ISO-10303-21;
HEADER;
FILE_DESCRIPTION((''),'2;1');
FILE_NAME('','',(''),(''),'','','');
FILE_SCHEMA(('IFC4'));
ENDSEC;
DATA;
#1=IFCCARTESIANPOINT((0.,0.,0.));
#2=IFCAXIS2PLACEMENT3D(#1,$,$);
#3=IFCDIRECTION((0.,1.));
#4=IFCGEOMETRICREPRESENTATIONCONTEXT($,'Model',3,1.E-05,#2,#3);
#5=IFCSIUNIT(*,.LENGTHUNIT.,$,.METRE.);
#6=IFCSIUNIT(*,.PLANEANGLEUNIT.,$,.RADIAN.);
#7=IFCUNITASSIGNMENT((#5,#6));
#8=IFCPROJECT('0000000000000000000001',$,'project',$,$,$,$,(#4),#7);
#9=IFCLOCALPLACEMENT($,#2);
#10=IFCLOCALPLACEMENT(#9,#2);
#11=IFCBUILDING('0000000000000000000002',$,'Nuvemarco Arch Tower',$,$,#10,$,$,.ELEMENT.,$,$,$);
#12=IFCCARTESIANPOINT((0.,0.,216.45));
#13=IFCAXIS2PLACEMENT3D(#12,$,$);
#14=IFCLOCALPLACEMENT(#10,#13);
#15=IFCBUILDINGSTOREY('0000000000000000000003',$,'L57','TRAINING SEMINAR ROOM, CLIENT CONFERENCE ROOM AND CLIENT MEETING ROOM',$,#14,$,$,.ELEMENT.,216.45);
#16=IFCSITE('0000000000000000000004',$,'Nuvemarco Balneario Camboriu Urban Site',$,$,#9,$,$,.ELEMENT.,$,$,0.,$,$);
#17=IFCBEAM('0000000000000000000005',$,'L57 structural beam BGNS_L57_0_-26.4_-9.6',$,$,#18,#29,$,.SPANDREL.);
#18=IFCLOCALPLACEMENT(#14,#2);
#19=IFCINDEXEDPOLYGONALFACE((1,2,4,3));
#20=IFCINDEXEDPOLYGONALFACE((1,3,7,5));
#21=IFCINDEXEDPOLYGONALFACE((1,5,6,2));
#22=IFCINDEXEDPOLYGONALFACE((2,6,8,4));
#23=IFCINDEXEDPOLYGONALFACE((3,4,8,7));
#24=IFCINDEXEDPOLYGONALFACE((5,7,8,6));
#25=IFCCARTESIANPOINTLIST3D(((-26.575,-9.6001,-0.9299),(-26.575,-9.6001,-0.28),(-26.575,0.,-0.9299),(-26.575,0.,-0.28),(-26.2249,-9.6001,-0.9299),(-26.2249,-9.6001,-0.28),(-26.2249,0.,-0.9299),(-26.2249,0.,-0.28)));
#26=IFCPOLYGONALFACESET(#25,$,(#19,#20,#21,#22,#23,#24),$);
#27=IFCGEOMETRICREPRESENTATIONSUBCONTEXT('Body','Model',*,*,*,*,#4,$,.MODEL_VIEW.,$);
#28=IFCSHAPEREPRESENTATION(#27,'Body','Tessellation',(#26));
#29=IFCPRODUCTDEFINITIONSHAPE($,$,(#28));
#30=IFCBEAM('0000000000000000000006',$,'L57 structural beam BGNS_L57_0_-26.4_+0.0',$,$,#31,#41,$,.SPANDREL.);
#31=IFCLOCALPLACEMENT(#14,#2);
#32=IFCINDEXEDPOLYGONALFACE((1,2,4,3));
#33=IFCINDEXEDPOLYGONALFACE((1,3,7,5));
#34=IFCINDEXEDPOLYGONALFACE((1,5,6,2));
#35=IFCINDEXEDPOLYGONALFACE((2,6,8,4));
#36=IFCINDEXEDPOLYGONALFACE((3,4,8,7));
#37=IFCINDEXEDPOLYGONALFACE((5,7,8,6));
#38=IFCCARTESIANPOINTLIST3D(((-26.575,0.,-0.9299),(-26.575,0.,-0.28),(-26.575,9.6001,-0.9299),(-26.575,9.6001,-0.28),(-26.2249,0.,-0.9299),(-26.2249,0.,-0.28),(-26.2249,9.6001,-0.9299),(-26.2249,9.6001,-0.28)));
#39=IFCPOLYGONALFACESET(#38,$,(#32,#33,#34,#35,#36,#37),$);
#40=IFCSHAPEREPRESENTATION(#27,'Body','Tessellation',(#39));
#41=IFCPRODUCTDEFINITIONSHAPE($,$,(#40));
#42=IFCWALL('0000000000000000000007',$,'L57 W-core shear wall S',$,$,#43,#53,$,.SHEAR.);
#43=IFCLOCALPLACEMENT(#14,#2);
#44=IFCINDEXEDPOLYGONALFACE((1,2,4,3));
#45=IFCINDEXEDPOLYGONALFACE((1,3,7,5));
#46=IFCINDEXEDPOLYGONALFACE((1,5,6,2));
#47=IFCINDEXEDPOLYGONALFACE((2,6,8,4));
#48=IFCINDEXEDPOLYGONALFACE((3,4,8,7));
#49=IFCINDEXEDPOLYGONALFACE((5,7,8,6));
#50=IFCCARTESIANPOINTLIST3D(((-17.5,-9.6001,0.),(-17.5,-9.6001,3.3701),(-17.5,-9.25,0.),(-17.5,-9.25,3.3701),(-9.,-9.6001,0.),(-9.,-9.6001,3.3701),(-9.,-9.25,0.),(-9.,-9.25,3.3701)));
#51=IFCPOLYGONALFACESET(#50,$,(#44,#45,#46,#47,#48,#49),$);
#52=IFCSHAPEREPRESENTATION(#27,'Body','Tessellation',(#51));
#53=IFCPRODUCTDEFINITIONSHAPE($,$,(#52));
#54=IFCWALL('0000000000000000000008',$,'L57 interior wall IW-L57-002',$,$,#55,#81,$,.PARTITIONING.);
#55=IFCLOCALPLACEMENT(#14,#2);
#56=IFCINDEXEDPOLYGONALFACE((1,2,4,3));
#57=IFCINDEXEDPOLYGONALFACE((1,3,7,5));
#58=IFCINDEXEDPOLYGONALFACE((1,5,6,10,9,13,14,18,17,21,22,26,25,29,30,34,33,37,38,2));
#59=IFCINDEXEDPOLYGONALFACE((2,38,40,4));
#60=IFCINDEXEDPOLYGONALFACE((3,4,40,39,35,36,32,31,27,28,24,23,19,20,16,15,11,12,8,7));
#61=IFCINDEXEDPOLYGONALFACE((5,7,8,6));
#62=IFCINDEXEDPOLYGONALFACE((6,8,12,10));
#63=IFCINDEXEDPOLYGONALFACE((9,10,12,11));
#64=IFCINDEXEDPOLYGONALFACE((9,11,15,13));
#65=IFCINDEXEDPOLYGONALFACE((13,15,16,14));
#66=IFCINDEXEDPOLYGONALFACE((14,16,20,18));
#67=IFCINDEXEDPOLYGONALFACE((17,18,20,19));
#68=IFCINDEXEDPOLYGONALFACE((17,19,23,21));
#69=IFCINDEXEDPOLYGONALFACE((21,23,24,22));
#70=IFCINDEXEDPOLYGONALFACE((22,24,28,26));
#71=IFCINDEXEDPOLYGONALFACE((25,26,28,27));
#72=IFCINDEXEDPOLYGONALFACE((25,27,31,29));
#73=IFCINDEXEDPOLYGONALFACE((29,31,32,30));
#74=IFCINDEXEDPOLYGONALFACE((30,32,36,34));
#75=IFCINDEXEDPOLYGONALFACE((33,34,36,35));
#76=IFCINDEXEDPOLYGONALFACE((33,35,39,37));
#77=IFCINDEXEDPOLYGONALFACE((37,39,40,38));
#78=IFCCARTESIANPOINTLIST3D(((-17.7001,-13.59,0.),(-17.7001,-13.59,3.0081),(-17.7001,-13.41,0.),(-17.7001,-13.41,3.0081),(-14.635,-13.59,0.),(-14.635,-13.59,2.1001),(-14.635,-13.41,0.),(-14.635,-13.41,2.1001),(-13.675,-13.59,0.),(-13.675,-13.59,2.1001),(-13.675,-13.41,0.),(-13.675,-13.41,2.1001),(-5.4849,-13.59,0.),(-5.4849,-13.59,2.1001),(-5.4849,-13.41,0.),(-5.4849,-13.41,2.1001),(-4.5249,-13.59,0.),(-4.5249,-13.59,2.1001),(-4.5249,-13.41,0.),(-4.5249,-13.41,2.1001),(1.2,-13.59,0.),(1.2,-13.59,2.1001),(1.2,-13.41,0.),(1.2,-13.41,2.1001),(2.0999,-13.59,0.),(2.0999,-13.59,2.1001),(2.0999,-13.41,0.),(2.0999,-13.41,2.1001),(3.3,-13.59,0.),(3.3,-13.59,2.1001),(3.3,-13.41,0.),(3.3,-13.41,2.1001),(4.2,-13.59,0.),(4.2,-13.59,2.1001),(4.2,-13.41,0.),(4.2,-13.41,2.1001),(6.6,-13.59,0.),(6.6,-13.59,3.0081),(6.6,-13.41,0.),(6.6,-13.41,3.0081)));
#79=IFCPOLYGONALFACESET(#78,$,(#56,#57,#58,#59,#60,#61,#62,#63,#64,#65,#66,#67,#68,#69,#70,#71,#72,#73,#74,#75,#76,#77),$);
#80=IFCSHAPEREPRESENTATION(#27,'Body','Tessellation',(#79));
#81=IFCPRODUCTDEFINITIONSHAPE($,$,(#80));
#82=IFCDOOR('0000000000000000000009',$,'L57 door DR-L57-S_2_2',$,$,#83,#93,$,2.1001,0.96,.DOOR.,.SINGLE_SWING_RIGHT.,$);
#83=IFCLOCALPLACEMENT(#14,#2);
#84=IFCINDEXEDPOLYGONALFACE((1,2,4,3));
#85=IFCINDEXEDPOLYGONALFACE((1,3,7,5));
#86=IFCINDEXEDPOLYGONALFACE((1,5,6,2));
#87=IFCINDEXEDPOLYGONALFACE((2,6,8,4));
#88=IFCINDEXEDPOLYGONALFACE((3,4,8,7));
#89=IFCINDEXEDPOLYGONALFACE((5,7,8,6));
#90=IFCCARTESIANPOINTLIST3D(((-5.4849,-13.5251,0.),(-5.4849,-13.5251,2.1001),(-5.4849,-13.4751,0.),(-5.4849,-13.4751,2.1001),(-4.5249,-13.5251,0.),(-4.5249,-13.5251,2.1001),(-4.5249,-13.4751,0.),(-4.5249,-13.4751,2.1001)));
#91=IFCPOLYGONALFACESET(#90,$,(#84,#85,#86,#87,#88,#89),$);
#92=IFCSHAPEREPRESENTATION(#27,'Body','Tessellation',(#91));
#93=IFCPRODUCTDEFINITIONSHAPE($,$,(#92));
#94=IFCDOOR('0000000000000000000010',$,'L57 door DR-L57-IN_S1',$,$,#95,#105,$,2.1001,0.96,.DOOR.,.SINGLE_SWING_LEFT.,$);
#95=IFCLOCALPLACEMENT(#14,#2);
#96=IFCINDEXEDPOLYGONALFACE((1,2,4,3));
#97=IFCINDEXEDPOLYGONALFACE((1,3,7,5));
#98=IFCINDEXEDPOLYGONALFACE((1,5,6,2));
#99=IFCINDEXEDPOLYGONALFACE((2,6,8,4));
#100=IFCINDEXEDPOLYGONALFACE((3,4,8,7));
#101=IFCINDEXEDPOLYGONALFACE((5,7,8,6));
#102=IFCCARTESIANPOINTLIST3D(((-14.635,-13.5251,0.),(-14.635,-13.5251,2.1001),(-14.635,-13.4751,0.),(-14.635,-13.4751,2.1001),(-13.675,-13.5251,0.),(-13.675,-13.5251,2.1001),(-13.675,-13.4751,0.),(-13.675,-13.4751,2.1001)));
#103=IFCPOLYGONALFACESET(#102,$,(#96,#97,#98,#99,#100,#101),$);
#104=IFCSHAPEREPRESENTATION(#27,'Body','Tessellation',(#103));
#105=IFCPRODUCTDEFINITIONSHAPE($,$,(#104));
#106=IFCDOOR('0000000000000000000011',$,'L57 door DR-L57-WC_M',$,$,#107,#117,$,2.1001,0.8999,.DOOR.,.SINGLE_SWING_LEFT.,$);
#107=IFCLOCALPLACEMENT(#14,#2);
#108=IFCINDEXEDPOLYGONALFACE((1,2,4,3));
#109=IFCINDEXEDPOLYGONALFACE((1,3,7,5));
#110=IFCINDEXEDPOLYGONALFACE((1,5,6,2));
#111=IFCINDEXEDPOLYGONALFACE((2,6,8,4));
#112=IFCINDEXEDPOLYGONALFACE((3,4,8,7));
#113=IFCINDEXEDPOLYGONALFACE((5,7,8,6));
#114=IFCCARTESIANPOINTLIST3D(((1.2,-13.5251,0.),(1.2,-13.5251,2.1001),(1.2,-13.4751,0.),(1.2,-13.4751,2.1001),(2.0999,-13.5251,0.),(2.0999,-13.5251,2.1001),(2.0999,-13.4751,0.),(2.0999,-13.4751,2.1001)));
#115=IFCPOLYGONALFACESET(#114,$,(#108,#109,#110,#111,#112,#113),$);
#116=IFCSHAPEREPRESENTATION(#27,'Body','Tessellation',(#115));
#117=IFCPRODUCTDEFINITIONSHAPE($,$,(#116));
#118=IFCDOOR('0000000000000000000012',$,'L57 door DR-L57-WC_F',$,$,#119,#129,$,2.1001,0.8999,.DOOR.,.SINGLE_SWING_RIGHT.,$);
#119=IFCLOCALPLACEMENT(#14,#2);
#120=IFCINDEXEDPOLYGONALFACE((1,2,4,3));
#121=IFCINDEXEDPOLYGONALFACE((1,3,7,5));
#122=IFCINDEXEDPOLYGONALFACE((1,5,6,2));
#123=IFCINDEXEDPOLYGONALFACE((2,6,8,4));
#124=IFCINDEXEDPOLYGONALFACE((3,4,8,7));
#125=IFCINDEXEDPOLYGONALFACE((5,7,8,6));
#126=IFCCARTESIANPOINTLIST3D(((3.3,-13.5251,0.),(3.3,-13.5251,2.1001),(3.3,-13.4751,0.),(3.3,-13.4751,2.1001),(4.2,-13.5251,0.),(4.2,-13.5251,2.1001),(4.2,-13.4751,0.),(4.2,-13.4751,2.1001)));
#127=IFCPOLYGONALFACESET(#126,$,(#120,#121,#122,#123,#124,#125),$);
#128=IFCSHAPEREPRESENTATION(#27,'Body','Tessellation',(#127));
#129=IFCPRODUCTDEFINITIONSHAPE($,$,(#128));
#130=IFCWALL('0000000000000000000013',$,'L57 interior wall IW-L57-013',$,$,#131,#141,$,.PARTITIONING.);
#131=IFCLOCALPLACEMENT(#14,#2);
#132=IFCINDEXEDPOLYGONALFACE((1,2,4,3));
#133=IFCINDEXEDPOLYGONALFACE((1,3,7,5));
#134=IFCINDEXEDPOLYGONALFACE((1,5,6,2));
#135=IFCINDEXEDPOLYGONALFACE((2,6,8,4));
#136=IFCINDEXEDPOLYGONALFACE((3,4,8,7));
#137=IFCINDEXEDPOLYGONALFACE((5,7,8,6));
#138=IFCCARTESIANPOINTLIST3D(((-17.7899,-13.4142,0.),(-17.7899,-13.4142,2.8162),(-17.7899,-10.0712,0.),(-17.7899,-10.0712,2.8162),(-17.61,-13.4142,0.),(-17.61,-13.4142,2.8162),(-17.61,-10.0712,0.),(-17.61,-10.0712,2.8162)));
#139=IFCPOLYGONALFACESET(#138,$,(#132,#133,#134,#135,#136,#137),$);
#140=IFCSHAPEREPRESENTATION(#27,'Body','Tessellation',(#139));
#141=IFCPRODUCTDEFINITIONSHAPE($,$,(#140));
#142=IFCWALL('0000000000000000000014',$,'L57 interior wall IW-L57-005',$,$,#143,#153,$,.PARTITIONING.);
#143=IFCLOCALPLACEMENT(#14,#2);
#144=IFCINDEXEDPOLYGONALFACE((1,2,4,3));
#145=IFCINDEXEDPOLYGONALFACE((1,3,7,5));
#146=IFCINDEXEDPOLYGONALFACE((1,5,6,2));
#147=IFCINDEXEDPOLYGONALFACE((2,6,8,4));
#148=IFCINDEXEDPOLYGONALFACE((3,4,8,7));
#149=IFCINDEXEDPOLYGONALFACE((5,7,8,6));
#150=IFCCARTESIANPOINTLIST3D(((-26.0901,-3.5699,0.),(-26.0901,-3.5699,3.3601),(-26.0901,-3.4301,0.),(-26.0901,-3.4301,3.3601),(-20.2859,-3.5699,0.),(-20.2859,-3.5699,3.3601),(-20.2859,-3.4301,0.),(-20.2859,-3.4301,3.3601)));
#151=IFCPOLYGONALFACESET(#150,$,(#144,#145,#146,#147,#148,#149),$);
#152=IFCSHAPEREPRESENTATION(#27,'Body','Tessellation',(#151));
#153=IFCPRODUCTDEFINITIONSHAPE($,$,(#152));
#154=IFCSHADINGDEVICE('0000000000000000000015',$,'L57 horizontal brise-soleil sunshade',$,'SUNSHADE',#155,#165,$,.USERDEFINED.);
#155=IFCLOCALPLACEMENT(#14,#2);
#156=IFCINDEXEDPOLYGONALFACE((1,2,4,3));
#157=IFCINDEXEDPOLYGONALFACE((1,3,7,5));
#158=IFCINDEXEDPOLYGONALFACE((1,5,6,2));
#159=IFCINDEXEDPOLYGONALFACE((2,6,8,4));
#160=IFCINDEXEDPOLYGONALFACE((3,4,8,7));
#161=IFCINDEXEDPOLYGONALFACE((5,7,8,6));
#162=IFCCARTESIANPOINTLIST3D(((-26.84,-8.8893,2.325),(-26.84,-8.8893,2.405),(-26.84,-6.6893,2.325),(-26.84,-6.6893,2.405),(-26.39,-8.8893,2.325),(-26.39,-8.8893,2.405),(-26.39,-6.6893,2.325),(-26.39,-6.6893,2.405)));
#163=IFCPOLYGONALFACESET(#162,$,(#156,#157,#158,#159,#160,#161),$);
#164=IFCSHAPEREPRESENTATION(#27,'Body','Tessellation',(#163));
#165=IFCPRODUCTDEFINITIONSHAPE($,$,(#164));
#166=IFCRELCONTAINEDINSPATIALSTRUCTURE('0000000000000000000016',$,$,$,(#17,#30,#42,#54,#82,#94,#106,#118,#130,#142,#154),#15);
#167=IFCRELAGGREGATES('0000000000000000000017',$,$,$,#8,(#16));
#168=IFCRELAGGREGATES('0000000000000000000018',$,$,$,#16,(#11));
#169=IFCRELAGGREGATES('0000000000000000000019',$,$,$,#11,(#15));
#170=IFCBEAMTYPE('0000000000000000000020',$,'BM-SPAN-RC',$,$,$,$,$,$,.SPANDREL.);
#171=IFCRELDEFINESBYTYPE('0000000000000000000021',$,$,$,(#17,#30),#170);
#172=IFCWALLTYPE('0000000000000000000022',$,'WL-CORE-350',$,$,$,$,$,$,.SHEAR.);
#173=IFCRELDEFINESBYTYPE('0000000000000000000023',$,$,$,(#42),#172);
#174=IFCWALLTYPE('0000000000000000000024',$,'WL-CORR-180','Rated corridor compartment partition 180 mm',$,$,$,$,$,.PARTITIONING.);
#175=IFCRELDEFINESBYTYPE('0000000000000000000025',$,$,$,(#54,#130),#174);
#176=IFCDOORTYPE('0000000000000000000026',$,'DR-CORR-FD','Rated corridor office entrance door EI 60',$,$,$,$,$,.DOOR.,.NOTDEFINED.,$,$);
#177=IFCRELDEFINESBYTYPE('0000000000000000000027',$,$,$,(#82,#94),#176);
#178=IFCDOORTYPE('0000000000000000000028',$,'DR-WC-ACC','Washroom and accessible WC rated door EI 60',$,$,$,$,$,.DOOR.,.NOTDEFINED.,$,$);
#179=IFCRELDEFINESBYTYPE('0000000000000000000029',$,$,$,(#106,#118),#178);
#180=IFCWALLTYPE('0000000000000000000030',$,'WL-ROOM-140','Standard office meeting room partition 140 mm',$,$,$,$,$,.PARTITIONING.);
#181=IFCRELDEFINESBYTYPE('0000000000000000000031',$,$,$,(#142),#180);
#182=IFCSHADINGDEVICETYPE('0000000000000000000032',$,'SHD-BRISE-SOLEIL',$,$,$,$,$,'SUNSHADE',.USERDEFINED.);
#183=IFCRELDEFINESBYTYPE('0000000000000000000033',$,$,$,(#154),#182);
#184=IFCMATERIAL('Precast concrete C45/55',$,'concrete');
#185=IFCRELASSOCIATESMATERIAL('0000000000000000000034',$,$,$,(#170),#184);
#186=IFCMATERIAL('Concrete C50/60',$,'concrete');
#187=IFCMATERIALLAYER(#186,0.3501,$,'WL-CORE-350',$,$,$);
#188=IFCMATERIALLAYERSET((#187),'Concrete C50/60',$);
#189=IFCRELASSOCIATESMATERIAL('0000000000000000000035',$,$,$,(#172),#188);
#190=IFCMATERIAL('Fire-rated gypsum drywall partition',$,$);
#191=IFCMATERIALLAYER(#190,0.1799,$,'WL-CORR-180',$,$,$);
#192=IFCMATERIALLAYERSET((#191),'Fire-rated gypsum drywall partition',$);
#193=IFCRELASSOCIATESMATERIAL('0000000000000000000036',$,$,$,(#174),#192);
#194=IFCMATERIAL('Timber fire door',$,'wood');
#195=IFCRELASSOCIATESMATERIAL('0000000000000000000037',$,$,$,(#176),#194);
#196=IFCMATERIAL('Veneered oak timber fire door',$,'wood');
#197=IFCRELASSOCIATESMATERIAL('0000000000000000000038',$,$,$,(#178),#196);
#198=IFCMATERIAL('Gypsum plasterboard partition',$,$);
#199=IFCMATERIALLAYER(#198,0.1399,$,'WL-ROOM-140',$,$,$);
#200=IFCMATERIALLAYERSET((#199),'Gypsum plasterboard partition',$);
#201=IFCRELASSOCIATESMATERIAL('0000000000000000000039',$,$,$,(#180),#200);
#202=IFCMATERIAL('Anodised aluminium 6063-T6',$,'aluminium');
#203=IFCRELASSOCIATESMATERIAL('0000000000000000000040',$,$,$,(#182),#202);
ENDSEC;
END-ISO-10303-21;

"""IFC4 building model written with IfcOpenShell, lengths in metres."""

from ifc_helpers import new_model, si_unit, direction, frame, frame_2d, origin, origin_2d, place, context, subcontext, project, spatial, rectangle, extrude, source, transform, mapped, material, layer, layer_set, material_profile, profile_set, type_object, type_shapes, element, fill, save


model = new_model("IFC4")

# Units and contexts
model_context = context("Model", 3, precision=1e-05, world=origin(), true_north=direction((0.0, 1.0)))
body_context = subcontext(model_context, "Body", "Model", "MODEL_VIEW")
ifc_project = project(units=[si_unit("LENGTHUNIT", "METRE"), si_unit("PLANEANGLEUNIT", "RADIAN")], contexts=[model_context])

# Site, building, storey
site_placement = place(None, origin())
site = spatial("IfcSite", under=ifc_project, at=site_placement, Name="Nuvemarco Balneario Camboriu Urban Site", CompositionType="ELEMENT", RefElevation=0.0)
building_placement = place(site_placement, origin())
building = spatial("IfcBuilding", under=site, at=building_placement, Name="Nuvemarco Arch Tower", CompositionType="ELEMENT")
storey_placement = place(building_placement, frame((0.0, 0.0, 216.45)))
storey = spatial("IfcBuildingStorey", under=building, at=storey_placement, Name="L57", Description="TRAINING SEMINAR ROOM, CLIENT CONFERENCE ROOM AND CLIENT MEETING ROOM", CompositionType="ELEMENT", Elevation=216.45)

# Shared definitions
ifc_material_1 = material(Name="Concrete C50/60", Category="concrete")

# Beams
ifc_material_2 = material(Name="Precast concrete C45/55", Category="concrete")
ifc_material_profile_1 = material_profile(ifc_material_2, rectangle(XDim=0.3501, YDim=0.6499, at=origin_2d()), Name="PC-SP-350x650")
ifc_profile_set_1 = profile_set([ifc_material_profile_1], Name="Precast concrete C45/55")
beam_type_1 = type_object("IfcBeamType", Name="BM-SPAN-RC", PredefinedType="SPANDREL", material=ifc_profile_set_1)
for number, where, z_axis, x_axis, name in (
    (1, (-26.3999, -9.6001, -0.605), (0.0, 1.0, 0.0), (-1.0, 0.0, 0.0), "L57 structural beam BGNS_L57_0_-26.4_-9.6"),
    (2, (-26.3999, 0.0, -0.605), (0.0, 1.0, 0.0), (-1.0, 0.0, 0.0), "L57 structural beam BGNS_L57_0_-26.4_+0.0"),
):
    element("IfcBeam", number, at=place(storey_placement, frame(where, z_axis=z_axis, x_axis=x_axis)), inside=storey, type_object=beam_type_1, Name=name, PredefinedType="SPANDREL", context=body_context, shape_type="SweptSolid", body=[
        extrude(rectangle(XDim=0.3501, YDim=0.6499, at=origin_2d()), origin(), (0.0, 0.0, 1.0), 9.6001),
    ])

# Wall
ifc_layer_1 = layer(ifc_material_1, 0.3501, Name="WL-CORE-350")
ifc_layer_set_1 = layer_set([ifc_layer_1], Name="Concrete C50/60")
wall_type_1 = type_object("IfcWallType", Name="WL-CORE-350", PredefinedType="SHEAR", material=ifc_layer_set_1)
wall_1_placement = place(storey_placement, frame((-17.5, -9.425, 0.0), z_axis=(0.0, 0.0, 1.0), x_axis=(1.0, 0.0, 0.0)))
element("IfcWall", 3, at=wall_1_placement, inside=storey, type_object=wall_type_1, Name="L57 W-core shear wall S", PredefinedType="SHEAR", context=body_context, shape_type="SweptSolid", body=[
    extrude(rectangle(XDim=8.5, YDim=0.3501, at=frame_2d((4.25, 0.0))), origin(), (0.0, 0.0, 1.0), 3.3701),
])

# Wall, openings, doors
ifc_material_3 = material(Name="Fire-rated gypsum drywall partition")
ifc_layer_2 = layer(ifc_material_3, 0.1799, Name="WL-CORR-180")
ifc_layer_set_2 = layer_set([ifc_layer_2], Name="Fire-rated gypsum drywall partition")
wall_type_2 = type_object("IfcWallType", Name="WL-CORR-180", Description="Rated corridor compartment partition 180 mm", PredefinedType="PARTITIONING", material=ifc_layer_set_2)
wall_2_placement = place(storey_placement, frame((-17.7, -13.5, 0.0), z_axis=(0.0, 0.0, 1.0), x_axis=(1.0, 0.0, 0.0)))
wall_2 = element("IfcWall", 4, at=wall_2_placement, inside=storey, type_object=wall_type_2, Name="L57 interior wall IW-L57-002", PredefinedType="PARTITIONING", context=body_context, shape_type="SweptSolid", body=[
    extrude(rectangle(XDim=24.3, YDim=0.1799, at=frame_2d((12.1499, 0.0))), origin(), (0.0, 0.0, 1.0), 3.0081),
])
opening_1_placement = place(wall_2_placement, frame((12.2151, 0.0, 0.0)))
opening_1 = element("IfcOpeningElement", 5, at=opening_1_placement, cuts=wall_2, PredefinedType="OPENING", context=body_context, shape_type="SweptSolid", body=[
    extrude(rectangle(XDim=0.96, YDim=2.1001, at=frame_2d((0.48, 1.05))), frame((0.0, 0.0999, 0.0), z_axis=(0.0, -1.0, 0.0), x_axis=(1.0, 0.0, 0.0)), (0.0, 0.0, 1.0), 0.2),
])
opening_2_placement = place(wall_2_placement, frame((3.0649, 0.0, 0.0)))
opening_2 = element("IfcOpeningElement", 6, at=opening_2_placement, cuts=wall_2, PredefinedType="OPENING", context=body_context, shape_type="SweptSolid", body=[
    extrude(rectangle(XDim=0.96, YDim=2.1001, at=frame_2d((0.48, 1.05))), frame((0.0, 0.0999, 0.0), z_axis=(0.0, -1.0, 0.0), x_axis=(1.0, 0.0, 0.0)), (0.0, 0.0, 1.0), 0.2),
])
opening_3_placement = place(wall_2_placement, frame((18.8999, 0.0, 0.0)))
opening_3 = element("IfcOpeningElement", 7, at=opening_3_placement, cuts=wall_2, PredefinedType="OPENING", context=body_context, shape_type="SweptSolid", body=[
    extrude(rectangle(XDim=0.8999, YDim=2.1001, at=frame_2d((0.45, 1.05))), frame((0.0, 0.0999, 0.0), z_axis=(0.0, -1.0, 0.0), x_axis=(1.0, 0.0, 0.0)), (0.0, 0.0, 1.0), 0.2),
])
opening_4_placement = place(wall_2_placement, frame((21.0, 0.0, 0.0)))
opening_4 = element("IfcOpeningElement", 8, at=opening_4_placement, cuts=wall_2, PredefinedType="OPENING", context=body_context, shape_type="SweptSolid", body=[
    extrude(rectangle(XDim=0.8999, YDim=2.1001, at=frame_2d((0.45, 1.05))), frame((0.0, 0.0999, 0.0), z_axis=(0.0, -1.0, 0.0), x_axis=(1.0, 0.0, 0.0)), (0.0, 0.0, 1.0), 0.2),
])
ifc_material_4 = material(Name="Timber fire door", Category="wood")
door_type_1 = type_object("IfcDoorType", Name="DR-CORR-FD", Description="Rated corridor office entrance door EI 60", OperationType="NOTDEFINED", PredefinedType="DOOR", material=ifc_material_4)
shared_shape_1 = source(origin(), body_context, "Body", "SweptSolid", [
    extrude(rectangle(XDim=0.96, YDim=2.1001, at=frame_2d((0.48, 1.05))), frame((0.0, 0.0249, 0.0), z_axis=(0.0, -1.0, 0.0), x_axis=(1.0, 0.0, 0.0)), (0.0, 0.0, 1.0), 0.05),
])
type_shapes(door_type_1, [shared_shape_1])
door_1_placement = place(opening_1_placement, origin())
door_1 = element("IfcDoor", 9, at=door_1_placement, inside=storey, type_object=door_type_1, Name="L57 door DR-L57-S_2_2", OperationType="SINGLE_SWING_RIGHT", OverallHeight=2.1001, OverallWidth=0.96, PredefinedType="DOOR", context=body_context, shape_type="MappedRepresentation", body=[
    mapped(shared_shape_1, transform((0.0, 0.0, 0.0), scale=1.0)),
])
fill(opening_1, door_1)
door_2_placement = place(opening_2_placement, origin())
door_2 = element("IfcDoor", 10, at=door_2_placement, inside=storey, type_object=door_type_1, Name="L57 door DR-L57-IN_S1", OperationType="SINGLE_SWING_LEFT", OverallHeight=2.1001, OverallWidth=0.96, PredefinedType="DOOR", context=body_context, shape_type="MappedRepresentation", body=[
    mapped(shared_shape_1, transform((0.0, 0.0, 0.0), scale=1.0)),
])
fill(opening_2, door_2)
ifc_material_5 = material(Name="Veneered oak timber fire door", Category="wood")
door_type_2 = type_object("IfcDoorType", Name="DR-WC-ACC", Description="Washroom and accessible WC rated door EI 60", OperationType="NOTDEFINED", PredefinedType="DOOR", material=ifc_material_5)
shared_shape_2 = source(origin(), body_context, "Body", "SweptSolid", [
    extrude(rectangle(XDim=0.8999, YDim=2.1001, at=frame_2d((0.45, 1.05))), frame((0.0, 0.0249, 0.0), z_axis=(0.0, -1.0, 0.0), x_axis=(1.0, 0.0, 0.0)), (0.0, 0.0, 1.0), 0.05),
])
type_shapes(door_type_2, [shared_shape_2])
door_3_placement = place(opening_3_placement, origin())
door_3 = element("IfcDoor", 11, at=door_3_placement, inside=storey, type_object=door_type_2, Name="L57 door DR-L57-WC_M", OperationType="SINGLE_SWING_LEFT", OverallHeight=2.1001, OverallWidth=0.8999, PredefinedType="DOOR", context=body_context, shape_type="MappedRepresentation", body=[
    mapped(shared_shape_2, transform((0.0, 0.0, 0.0), scale=1.0)),
])
fill(opening_3, door_3)
door_4_placement = place(opening_4_placement, origin())
door_4 = element("IfcDoor", 12, at=door_4_placement, inside=storey, type_object=door_type_2, Name="L57 door DR-L57-WC_F", OperationType="SINGLE_SWING_RIGHT", OverallHeight=2.1001, OverallWidth=0.8999, PredefinedType="DOOR", context=body_context, shape_type="MappedRepresentation", body=[
    mapped(shared_shape_2, transform((0.0, 0.0, 0.0), scale=1.0)),
])
fill(opening_4, door_4)

# Walls
wall_3_placement = place(storey_placement, frame((-17.7, -13.4141, 0.0), z_axis=(0.0, 0.0, 1.0), x_axis=(0.0, 1.0, 0.0)))
element("IfcWall", 13, at=wall_3_placement, inside=storey, type_object=wall_type_2, Name="L57 interior wall IW-L57-013", PredefinedType="PARTITIONING", context=body_context, shape_type="SweptSolid", body=[
    extrude(rectangle(XDim=3.343, YDim=0.1799, at=frame_2d((1.6714, 0.0))), origin(), (0.0, 0.0, 1.0), 2.8162),
])
ifc_material_6 = material(Name="Gypsum plasterboard partition")
ifc_layer_3 = layer(ifc_material_6, 0.1399, Name="WL-ROOM-140")
ifc_layer_set_3 = layer_set([ifc_layer_3], Name="Gypsum plasterboard partition")
wall_type_3 = type_object("IfcWallType", Name="WL-ROOM-140", Description="Standard office meeting room partition 140 mm", PredefinedType="PARTITIONING", material=ifc_layer_set_3)
wall_4_placement = place(storey_placement, frame((-26.0901, -3.5, 0.0), z_axis=(0.0, 0.0, 1.0), x_axis=(1.0, 0.0, 0.0)))
element("IfcWall", 14, at=wall_4_placement, inside=storey, type_object=wall_type_3, Name="L57 interior wall IW-L57-005", PredefinedType="PARTITIONING", context=body_context, shape_type="SweptSolid", body=[
    extrude(rectangle(XDim=5.8042, YDim=0.1399, at=frame_2d((2.9021, 0.0))), origin(), (0.0, 0.0, 1.0), 3.3601),
])

# Shading device
ifc_material_7 = material(Name="Anodised aluminium 6063-T6", Category="aluminium")
shading_device_type = type_object("IfcShadingDeviceType", Name="SHD-BRISE-SOLEIL", ElementType="SUNSHADE", PredefinedType="USERDEFINED", material=ifc_material_7)
shared_shape_3 = source(origin(), body_context, "Body", "SweptSolid", [
    extrude(rectangle(XDim=2.2, YDim=0.45, at=origin_2d()), origin(), (0.0, 0.0, 1.0), 0.0801),
])
type_shapes(shading_device_type, [shared_shape_3])
for number, where, z_axis, x_axis, name in (
    (15, (-26.615, -7.7893, 2.325), (0.0, 0.0, 1.0), (0.0, 1.0, 0.0), "L57 horizontal brise-soleil sunshade"),
):
    element("IfcShadingDevice", number, at=place(storey_placement, frame(where, z_axis=z_axis, x_axis=x_axis)), inside=storey, type_object=shading_device_type, Name=name, ObjectType="SUNSHADE", PredefinedType="USERDEFINED", context=body_context, shape_type="MappedRepresentation", body=[
        mapped(shared_shape_3, transform((0.0, 0.0, 0.0), scale=1.0)),
    ])

save(model, "model.ifc")
